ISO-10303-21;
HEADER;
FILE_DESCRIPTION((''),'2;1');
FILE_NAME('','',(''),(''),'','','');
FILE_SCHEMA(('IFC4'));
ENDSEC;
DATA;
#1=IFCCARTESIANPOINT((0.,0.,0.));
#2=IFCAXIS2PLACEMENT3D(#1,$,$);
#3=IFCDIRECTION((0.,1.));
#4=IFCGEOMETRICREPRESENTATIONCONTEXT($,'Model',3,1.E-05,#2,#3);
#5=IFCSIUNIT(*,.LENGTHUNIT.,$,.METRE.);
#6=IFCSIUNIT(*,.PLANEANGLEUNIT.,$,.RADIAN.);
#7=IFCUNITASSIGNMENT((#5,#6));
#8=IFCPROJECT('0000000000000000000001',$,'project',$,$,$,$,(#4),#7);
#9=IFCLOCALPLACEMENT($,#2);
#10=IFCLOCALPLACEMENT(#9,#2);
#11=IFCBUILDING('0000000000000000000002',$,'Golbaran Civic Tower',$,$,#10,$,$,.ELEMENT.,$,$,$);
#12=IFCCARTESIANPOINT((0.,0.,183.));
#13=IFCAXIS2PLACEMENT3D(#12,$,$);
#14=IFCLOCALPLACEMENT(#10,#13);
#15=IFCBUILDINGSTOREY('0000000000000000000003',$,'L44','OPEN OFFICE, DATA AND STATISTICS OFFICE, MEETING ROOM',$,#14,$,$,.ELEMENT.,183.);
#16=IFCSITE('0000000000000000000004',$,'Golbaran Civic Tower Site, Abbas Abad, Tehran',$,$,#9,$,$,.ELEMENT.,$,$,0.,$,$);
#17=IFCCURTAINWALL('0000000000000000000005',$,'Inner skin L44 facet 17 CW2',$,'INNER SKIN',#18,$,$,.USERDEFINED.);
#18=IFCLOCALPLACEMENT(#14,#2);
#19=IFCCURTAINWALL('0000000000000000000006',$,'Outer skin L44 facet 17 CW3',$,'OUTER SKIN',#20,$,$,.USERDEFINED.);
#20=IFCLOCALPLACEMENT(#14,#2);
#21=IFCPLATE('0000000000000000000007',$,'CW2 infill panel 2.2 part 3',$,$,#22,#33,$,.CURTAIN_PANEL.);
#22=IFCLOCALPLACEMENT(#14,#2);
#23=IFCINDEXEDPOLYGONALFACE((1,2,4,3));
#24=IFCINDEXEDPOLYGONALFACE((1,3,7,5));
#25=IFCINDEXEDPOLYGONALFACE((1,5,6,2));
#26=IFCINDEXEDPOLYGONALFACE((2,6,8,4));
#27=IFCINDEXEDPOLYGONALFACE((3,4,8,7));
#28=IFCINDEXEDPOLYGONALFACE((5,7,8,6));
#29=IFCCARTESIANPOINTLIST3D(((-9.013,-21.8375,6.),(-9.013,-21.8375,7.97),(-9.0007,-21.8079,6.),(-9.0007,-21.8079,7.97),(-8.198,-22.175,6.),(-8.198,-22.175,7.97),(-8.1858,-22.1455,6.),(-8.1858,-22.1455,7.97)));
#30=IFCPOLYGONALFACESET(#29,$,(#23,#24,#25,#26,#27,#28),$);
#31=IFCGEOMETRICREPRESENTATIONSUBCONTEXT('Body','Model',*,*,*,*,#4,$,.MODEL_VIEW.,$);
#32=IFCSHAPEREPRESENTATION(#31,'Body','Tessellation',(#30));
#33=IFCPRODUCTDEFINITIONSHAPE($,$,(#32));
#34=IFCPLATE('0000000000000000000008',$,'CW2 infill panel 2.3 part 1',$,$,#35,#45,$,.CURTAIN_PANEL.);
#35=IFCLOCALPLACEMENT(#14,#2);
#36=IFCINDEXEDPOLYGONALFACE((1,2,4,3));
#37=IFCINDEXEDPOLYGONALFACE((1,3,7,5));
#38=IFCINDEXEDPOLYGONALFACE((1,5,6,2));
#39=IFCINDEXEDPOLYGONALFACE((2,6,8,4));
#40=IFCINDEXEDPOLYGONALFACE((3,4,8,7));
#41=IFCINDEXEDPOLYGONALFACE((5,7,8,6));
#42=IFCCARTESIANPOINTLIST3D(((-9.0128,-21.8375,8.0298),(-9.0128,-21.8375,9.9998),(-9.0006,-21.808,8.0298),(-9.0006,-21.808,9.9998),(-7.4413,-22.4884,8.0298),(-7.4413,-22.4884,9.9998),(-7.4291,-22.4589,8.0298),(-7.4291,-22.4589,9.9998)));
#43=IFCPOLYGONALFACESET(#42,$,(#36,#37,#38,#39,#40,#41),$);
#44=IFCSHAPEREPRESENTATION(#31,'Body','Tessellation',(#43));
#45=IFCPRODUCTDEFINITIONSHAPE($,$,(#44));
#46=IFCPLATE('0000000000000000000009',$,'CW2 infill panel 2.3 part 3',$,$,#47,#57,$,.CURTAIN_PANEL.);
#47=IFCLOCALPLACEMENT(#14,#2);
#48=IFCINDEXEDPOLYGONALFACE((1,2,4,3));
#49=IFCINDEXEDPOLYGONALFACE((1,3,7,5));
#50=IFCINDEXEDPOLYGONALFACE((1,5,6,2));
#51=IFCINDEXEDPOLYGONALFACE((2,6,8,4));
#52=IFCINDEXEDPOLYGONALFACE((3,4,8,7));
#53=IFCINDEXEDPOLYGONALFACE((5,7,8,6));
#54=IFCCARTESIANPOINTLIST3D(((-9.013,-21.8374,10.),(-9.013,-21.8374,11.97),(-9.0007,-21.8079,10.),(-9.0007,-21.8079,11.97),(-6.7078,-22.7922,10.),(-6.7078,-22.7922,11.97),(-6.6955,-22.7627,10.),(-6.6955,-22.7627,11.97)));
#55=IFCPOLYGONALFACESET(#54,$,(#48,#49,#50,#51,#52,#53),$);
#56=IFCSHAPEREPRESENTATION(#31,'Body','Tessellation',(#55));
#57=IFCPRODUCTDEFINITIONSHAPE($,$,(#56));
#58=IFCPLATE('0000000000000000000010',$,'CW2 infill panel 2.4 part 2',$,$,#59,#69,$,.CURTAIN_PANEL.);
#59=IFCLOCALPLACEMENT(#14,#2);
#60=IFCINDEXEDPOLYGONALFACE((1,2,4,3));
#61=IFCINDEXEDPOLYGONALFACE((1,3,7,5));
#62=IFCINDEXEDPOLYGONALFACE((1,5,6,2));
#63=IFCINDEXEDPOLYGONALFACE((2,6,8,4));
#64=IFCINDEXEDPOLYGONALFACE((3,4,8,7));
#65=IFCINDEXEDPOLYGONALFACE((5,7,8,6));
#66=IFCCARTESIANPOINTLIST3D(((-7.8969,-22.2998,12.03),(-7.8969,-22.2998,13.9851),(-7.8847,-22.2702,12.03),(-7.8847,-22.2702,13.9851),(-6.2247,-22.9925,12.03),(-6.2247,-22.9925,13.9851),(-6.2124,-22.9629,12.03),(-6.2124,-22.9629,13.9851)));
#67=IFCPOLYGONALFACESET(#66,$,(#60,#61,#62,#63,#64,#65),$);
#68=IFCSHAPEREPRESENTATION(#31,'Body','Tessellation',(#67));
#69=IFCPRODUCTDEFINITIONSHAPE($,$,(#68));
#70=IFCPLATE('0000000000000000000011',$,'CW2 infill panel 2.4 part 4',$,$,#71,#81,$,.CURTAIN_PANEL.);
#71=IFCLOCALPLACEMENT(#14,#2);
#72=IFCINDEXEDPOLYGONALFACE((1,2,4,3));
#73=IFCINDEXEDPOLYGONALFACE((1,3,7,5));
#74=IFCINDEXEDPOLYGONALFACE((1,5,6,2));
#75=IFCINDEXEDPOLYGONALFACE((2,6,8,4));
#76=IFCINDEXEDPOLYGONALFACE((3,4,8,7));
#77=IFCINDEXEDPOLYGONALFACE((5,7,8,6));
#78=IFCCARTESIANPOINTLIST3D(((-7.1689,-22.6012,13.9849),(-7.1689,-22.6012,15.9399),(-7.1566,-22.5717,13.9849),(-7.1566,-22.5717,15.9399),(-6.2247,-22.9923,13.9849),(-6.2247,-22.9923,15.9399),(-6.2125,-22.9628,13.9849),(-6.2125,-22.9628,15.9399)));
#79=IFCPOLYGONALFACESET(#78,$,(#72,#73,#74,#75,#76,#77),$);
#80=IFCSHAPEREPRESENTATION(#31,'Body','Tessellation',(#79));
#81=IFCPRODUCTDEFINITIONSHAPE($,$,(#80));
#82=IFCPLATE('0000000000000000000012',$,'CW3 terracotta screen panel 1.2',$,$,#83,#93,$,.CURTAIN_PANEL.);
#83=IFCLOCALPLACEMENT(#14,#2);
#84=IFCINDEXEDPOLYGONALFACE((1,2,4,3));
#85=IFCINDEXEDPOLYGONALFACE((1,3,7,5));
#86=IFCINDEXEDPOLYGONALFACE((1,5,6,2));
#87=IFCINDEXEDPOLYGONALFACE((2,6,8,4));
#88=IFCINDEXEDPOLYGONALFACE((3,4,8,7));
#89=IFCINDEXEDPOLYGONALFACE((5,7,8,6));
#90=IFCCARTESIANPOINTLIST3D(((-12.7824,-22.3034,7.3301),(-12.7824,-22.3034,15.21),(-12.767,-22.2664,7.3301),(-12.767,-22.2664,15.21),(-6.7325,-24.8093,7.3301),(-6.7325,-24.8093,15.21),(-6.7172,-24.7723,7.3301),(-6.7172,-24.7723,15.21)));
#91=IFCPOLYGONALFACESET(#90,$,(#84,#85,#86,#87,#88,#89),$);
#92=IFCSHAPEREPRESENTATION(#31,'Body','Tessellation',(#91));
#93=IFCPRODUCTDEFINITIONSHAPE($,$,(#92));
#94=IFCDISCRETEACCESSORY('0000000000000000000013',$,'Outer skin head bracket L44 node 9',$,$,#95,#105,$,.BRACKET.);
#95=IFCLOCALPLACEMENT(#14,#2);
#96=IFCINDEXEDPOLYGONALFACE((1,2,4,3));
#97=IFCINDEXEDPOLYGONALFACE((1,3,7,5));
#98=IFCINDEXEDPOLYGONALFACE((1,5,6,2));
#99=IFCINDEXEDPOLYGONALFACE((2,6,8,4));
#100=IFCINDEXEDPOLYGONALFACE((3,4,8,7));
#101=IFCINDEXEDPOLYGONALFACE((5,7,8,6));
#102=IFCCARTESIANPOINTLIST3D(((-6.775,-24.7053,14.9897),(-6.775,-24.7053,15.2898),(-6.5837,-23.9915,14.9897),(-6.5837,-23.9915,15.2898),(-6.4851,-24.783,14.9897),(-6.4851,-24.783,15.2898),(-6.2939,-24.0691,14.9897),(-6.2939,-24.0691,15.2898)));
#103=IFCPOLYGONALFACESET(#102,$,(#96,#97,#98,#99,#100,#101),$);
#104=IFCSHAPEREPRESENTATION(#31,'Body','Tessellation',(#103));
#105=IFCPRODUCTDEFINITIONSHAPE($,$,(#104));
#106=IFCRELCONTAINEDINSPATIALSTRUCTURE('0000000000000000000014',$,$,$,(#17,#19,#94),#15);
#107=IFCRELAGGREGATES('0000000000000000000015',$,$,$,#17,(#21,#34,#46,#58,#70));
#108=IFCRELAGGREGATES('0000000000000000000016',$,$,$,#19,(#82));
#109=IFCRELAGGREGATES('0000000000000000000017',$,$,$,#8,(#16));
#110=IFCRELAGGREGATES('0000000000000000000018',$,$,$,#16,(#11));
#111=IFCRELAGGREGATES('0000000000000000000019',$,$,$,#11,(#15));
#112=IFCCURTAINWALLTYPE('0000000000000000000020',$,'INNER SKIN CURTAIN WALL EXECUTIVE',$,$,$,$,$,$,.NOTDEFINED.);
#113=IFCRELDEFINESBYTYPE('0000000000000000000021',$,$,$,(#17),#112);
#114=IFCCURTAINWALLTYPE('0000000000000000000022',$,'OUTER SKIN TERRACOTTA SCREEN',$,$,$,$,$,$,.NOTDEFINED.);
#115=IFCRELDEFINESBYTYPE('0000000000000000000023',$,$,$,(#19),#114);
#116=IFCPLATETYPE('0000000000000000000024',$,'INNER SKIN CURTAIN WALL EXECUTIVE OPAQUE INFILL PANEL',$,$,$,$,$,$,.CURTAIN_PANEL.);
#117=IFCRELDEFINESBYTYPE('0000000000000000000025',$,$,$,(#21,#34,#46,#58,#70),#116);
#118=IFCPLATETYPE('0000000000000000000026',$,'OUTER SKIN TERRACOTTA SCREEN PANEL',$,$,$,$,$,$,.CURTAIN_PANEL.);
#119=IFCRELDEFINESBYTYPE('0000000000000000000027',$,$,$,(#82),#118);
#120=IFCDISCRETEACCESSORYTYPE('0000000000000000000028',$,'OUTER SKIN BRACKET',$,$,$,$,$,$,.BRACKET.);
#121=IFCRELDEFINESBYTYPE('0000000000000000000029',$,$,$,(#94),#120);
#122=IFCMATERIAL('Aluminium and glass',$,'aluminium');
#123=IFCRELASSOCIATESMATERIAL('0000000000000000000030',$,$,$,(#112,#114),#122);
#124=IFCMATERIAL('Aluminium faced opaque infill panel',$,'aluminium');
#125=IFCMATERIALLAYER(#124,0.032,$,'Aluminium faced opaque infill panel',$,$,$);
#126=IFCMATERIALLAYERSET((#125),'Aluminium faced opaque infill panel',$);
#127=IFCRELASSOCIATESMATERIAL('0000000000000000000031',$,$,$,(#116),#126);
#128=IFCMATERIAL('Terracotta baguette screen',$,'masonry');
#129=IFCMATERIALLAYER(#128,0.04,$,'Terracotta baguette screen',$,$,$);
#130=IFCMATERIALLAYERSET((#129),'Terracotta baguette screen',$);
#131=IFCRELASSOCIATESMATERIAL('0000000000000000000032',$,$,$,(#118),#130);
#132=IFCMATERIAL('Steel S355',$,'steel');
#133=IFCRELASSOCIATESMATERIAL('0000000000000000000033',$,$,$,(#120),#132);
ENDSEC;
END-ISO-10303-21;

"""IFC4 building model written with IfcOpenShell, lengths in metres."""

from ifc_helpers import new_model, si_unit, direction, frame, origin, origin_2d, place, context, subcontext, project, spatial, rectangle, extrude, material, layer, layer_set, type_object, element, aggregate, save


model = new_model("IFC4")

# Units and contexts
model_context = context("Model", 3, precision=1e-05, world=origin(), true_north=direction((0.0, 1.0)))
body_context = subcontext(model_context, "Body", "Model", "MODEL_VIEW")
ifc_project = project(units=[si_unit("LENGTHUNIT", "METRE"), si_unit("PLANEANGLEUNIT", "RADIAN")], contexts=[model_context])

# Site, building, storey
site_placement = place(None, origin())
site = spatial("IfcSite", under=ifc_project, at=site_placement, Name="Golbaran Civic Tower Site, Abbas Abad, Tehran", CompositionType="ELEMENT", RefElevation=0.0)
building_placement = place(site_placement, origin())
building = spatial("IfcBuilding", under=site, at=building_placement, Name="Golbaran Civic Tower", CompositionType="ELEMENT")
storey_placement = place(building_placement, frame((0.0, 0.0, 183.0)))
storey = spatial("IfcBuildingStorey", under=building, at=storey_placement, Name="L44", Description="OPEN OFFICE, DATA AND STATISTICS OFFICE, MEETING ROOM", CompositionType="ELEMENT", Elevation=183.0)

# Curtain walls
ifc_material_1 = material(Name="Aluminium and glass", Category="aluminium")
curtain_wall_type_1 = type_object("IfcCurtainWallType", Name="INNER SKIN CURTAIN WALL EXECUTIVE", PredefinedType="NOTDEFINED", material=ifc_material_1)
curtain_wall_1_placement = place(storey_placement, origin())
curtain_wall_1 = element("IfcCurtainWall", 1, at=curtain_wall_1_placement, inside=storey, type_object=curtain_wall_type_1, Name="Inner skin L44 facet 17 CW2", ObjectType="INNER SKIN", PredefinedType="USERDEFINED")
curtain_wall_type_2 = type_object("IfcCurtainWallType", Name="OUTER SKIN TERRACOTTA SCREEN", PredefinedType="NOTDEFINED", material=ifc_material_1)
curtain_wall_2_placement = place(storey_placement, origin())
curtain_wall_2 = element("IfcCurtainWall", 2, at=curtain_wall_2_placement, inside=storey, type_object=curtain_wall_type_2, Name="Outer skin L44 facet 17 CW3", ObjectType="OUTER SKIN", PredefinedType="USERDEFINED")

# Plates
ifc_material_2 = material(Name="Aluminium faced opaque infill panel", Category="aluminium")
ifc_layer_1 = layer(ifc_material_2, 0.032, Name="Aluminium faced opaque infill panel")
ifc_layer_set_1 = layer_set([ifc_layer_1], Name="Aluminium faced opaque infill panel")
plate_type_1 = type_object("IfcPlateType", Name="INNER SKIN CURTAIN WALL EXECUTIVE OPAQUE INFILL PANEL", PredefinedType="CURTAIN_PANEL", material=ifc_layer_set_1)
plate_1_placement = place(storey_placement, frame((-8.5994, -21.9915, 6.0), z_axis=(0.0, 0.0, 1.0), x_axis=(0.92388, -0.382683, 0.0)))
plate_1 = element("IfcPlate", 3, at=plate_1_placement, type_object=plate_type_1, Name="CW2 infill panel 2.2 part 3", PredefinedType="CURTAIN_PANEL", context=body_context, shape_type="SweptSolid", body=[
    extrude(rectangle(XDim=0.8821, YDim=0.032, at=origin_2d()), origin(), (0.0, 0.0, 1.0), 1.97),
])
plate_2_placement = place(storey_placement, frame((-8.2209, -22.1482, 8.0298), z_axis=(0.0, 0.0, 1.0), x_axis=(0.92388, -0.382683, 0.0)))
plate_2 = element("IfcPlate", 4, at=plate_2_placement, type_object=plate_type_1, Name="CW2 infill panel 2.3 part 1", PredefinedType="CURTAIN_PANEL", context=body_context, shape_type="SweptSolid", body=[
    extrude(rectangle(XDim=1.7009, YDim=0.032, at=origin_2d()), origin(), (0.0, 0.0, 1.0), 1.97),
])
plate_3_placement = place(storey_placement, frame((-7.8542, -22.3, 10.0), z_axis=(0.0, 0.0, 1.0), x_axis=(0.92388, -0.382683, 0.0)))
plate_3 = element("IfcPlate", 5, at=plate_3_placement, type_object=plate_type_1, Name="CW2 infill panel 2.3 part 3", PredefinedType="CURTAIN_PANEL", context=body_context, shape_type="SweptSolid", body=[
    extrude(rectangle(XDim=2.4951, YDim=0.032, at=origin_2d()), origin(), (0.0, 0.0, 1.0), 1.97),
])
plate_4_placement = place(storey_placement, frame((-7.0547, -22.6313, 12.03), z_axis=(0.0, 0.0, 1.0), x_axis=(0.92388, -0.382683, 0.0)))
plate_4 = element("IfcPlate", 6, at=plate_4_placement, type_object=plate_type_1, Name="CW2 infill panel 2.4 part 2", PredefinedType="CURTAIN_PANEL", context=body_context, shape_type="SweptSolid", body=[
    extrude(rectangle(XDim=1.8101, YDim=0.032, at=origin_2d()), origin(), (0.0, 0.0, 1.0), 1.9551),
])
plate_5_placement = place(storey_placement, frame((-6.6907, -22.782, 13.9849), z_axis=(0.0, 0.0, 1.0), x_axis=(0.92388, -0.382683, 0.0)))
plate_5 = element("IfcPlate", 7, at=plate_5_placement, type_object=plate_type_1, Name="CW2 infill panel 2.4 part 4", PredefinedType="CURTAIN_PANEL", context=body_context, shape_type="SweptSolid", body=[
    extrude(rectangle(XDim=1.022, YDim=0.032, at=origin_2d()), origin(), (0.0, 0.0, 1.0), 1.9551),
])
aggregate(curtain_wall_1, [plate_1, plate_2, plate_3, plate_4, plate_5])
ifc_material_3 = material(Name="Terracotta baguette screen", Category="masonry")
ifc_layer_2 = layer(ifc_material_3, 0.04, Name="Terracotta baguette screen")
ifc_layer_set_2 = layer_set([ifc_layer_2], Name="Terracotta baguette screen")
plate_type_2 = type_object("IfcPlateType", Name="OUTER SKIN TERRACOTTA SCREEN PANEL", PredefinedType="CURTAIN_PANEL", material=ifc_layer_set_2)
plate_6_placement = place(storey_placement, frame((-9.7498, -23.5378, 7.3301), z_axis=(0.0, 0.0, 1.0), x_axis=(0.92388, -0.382683, 0.0)))
plate_6 = element("IfcPlate", 8, at=plate_6_placement, type_object=plate_type_2, Name="CW3 terracotta screen panel 1.2", PredefinedType="CURTAIN_PANEL", context=body_context, shape_type="SweptSolid", body=[
    extrude(rectangle(XDim=6.5483, YDim=0.04, at=origin_2d()), origin(), (0.0, 0.0, 1.0), 7.8799),
])
aggregate(curtain_wall_2, [plate_6])

# Discrete accessory
ifc_material_4 = material(Name="Steel S355", Category="steel")
discrete_accessory_type = type_object("IfcDiscreteAccessoryType", Name="OUTER SKIN BRACKET", PredefinedType="BRACKET", material=ifc_material_4)
discrete_accessory_placement = place(storey_placement, frame((-6.5344, -24.3872, 14.9897), z_axis=(0.0, 0.0, 1.0), x_axis=(-0.258819, -0.965926, 0.0)))
element("IfcDiscreteAccessory", 9, at=discrete_accessory_placement, inside=storey, type_object=discrete_accessory_type, Name="Outer skin head bracket L44 node 9", PredefinedType="BRACKET", context=body_context, shape_type="SweptSolid", body=[
    extrude(rectangle(XDim=0.739, YDim=0.3, at=origin_2d()), origin(), (0.0, 0.0, 1.0), 0.3),
])

save(model, "model.ifc")
